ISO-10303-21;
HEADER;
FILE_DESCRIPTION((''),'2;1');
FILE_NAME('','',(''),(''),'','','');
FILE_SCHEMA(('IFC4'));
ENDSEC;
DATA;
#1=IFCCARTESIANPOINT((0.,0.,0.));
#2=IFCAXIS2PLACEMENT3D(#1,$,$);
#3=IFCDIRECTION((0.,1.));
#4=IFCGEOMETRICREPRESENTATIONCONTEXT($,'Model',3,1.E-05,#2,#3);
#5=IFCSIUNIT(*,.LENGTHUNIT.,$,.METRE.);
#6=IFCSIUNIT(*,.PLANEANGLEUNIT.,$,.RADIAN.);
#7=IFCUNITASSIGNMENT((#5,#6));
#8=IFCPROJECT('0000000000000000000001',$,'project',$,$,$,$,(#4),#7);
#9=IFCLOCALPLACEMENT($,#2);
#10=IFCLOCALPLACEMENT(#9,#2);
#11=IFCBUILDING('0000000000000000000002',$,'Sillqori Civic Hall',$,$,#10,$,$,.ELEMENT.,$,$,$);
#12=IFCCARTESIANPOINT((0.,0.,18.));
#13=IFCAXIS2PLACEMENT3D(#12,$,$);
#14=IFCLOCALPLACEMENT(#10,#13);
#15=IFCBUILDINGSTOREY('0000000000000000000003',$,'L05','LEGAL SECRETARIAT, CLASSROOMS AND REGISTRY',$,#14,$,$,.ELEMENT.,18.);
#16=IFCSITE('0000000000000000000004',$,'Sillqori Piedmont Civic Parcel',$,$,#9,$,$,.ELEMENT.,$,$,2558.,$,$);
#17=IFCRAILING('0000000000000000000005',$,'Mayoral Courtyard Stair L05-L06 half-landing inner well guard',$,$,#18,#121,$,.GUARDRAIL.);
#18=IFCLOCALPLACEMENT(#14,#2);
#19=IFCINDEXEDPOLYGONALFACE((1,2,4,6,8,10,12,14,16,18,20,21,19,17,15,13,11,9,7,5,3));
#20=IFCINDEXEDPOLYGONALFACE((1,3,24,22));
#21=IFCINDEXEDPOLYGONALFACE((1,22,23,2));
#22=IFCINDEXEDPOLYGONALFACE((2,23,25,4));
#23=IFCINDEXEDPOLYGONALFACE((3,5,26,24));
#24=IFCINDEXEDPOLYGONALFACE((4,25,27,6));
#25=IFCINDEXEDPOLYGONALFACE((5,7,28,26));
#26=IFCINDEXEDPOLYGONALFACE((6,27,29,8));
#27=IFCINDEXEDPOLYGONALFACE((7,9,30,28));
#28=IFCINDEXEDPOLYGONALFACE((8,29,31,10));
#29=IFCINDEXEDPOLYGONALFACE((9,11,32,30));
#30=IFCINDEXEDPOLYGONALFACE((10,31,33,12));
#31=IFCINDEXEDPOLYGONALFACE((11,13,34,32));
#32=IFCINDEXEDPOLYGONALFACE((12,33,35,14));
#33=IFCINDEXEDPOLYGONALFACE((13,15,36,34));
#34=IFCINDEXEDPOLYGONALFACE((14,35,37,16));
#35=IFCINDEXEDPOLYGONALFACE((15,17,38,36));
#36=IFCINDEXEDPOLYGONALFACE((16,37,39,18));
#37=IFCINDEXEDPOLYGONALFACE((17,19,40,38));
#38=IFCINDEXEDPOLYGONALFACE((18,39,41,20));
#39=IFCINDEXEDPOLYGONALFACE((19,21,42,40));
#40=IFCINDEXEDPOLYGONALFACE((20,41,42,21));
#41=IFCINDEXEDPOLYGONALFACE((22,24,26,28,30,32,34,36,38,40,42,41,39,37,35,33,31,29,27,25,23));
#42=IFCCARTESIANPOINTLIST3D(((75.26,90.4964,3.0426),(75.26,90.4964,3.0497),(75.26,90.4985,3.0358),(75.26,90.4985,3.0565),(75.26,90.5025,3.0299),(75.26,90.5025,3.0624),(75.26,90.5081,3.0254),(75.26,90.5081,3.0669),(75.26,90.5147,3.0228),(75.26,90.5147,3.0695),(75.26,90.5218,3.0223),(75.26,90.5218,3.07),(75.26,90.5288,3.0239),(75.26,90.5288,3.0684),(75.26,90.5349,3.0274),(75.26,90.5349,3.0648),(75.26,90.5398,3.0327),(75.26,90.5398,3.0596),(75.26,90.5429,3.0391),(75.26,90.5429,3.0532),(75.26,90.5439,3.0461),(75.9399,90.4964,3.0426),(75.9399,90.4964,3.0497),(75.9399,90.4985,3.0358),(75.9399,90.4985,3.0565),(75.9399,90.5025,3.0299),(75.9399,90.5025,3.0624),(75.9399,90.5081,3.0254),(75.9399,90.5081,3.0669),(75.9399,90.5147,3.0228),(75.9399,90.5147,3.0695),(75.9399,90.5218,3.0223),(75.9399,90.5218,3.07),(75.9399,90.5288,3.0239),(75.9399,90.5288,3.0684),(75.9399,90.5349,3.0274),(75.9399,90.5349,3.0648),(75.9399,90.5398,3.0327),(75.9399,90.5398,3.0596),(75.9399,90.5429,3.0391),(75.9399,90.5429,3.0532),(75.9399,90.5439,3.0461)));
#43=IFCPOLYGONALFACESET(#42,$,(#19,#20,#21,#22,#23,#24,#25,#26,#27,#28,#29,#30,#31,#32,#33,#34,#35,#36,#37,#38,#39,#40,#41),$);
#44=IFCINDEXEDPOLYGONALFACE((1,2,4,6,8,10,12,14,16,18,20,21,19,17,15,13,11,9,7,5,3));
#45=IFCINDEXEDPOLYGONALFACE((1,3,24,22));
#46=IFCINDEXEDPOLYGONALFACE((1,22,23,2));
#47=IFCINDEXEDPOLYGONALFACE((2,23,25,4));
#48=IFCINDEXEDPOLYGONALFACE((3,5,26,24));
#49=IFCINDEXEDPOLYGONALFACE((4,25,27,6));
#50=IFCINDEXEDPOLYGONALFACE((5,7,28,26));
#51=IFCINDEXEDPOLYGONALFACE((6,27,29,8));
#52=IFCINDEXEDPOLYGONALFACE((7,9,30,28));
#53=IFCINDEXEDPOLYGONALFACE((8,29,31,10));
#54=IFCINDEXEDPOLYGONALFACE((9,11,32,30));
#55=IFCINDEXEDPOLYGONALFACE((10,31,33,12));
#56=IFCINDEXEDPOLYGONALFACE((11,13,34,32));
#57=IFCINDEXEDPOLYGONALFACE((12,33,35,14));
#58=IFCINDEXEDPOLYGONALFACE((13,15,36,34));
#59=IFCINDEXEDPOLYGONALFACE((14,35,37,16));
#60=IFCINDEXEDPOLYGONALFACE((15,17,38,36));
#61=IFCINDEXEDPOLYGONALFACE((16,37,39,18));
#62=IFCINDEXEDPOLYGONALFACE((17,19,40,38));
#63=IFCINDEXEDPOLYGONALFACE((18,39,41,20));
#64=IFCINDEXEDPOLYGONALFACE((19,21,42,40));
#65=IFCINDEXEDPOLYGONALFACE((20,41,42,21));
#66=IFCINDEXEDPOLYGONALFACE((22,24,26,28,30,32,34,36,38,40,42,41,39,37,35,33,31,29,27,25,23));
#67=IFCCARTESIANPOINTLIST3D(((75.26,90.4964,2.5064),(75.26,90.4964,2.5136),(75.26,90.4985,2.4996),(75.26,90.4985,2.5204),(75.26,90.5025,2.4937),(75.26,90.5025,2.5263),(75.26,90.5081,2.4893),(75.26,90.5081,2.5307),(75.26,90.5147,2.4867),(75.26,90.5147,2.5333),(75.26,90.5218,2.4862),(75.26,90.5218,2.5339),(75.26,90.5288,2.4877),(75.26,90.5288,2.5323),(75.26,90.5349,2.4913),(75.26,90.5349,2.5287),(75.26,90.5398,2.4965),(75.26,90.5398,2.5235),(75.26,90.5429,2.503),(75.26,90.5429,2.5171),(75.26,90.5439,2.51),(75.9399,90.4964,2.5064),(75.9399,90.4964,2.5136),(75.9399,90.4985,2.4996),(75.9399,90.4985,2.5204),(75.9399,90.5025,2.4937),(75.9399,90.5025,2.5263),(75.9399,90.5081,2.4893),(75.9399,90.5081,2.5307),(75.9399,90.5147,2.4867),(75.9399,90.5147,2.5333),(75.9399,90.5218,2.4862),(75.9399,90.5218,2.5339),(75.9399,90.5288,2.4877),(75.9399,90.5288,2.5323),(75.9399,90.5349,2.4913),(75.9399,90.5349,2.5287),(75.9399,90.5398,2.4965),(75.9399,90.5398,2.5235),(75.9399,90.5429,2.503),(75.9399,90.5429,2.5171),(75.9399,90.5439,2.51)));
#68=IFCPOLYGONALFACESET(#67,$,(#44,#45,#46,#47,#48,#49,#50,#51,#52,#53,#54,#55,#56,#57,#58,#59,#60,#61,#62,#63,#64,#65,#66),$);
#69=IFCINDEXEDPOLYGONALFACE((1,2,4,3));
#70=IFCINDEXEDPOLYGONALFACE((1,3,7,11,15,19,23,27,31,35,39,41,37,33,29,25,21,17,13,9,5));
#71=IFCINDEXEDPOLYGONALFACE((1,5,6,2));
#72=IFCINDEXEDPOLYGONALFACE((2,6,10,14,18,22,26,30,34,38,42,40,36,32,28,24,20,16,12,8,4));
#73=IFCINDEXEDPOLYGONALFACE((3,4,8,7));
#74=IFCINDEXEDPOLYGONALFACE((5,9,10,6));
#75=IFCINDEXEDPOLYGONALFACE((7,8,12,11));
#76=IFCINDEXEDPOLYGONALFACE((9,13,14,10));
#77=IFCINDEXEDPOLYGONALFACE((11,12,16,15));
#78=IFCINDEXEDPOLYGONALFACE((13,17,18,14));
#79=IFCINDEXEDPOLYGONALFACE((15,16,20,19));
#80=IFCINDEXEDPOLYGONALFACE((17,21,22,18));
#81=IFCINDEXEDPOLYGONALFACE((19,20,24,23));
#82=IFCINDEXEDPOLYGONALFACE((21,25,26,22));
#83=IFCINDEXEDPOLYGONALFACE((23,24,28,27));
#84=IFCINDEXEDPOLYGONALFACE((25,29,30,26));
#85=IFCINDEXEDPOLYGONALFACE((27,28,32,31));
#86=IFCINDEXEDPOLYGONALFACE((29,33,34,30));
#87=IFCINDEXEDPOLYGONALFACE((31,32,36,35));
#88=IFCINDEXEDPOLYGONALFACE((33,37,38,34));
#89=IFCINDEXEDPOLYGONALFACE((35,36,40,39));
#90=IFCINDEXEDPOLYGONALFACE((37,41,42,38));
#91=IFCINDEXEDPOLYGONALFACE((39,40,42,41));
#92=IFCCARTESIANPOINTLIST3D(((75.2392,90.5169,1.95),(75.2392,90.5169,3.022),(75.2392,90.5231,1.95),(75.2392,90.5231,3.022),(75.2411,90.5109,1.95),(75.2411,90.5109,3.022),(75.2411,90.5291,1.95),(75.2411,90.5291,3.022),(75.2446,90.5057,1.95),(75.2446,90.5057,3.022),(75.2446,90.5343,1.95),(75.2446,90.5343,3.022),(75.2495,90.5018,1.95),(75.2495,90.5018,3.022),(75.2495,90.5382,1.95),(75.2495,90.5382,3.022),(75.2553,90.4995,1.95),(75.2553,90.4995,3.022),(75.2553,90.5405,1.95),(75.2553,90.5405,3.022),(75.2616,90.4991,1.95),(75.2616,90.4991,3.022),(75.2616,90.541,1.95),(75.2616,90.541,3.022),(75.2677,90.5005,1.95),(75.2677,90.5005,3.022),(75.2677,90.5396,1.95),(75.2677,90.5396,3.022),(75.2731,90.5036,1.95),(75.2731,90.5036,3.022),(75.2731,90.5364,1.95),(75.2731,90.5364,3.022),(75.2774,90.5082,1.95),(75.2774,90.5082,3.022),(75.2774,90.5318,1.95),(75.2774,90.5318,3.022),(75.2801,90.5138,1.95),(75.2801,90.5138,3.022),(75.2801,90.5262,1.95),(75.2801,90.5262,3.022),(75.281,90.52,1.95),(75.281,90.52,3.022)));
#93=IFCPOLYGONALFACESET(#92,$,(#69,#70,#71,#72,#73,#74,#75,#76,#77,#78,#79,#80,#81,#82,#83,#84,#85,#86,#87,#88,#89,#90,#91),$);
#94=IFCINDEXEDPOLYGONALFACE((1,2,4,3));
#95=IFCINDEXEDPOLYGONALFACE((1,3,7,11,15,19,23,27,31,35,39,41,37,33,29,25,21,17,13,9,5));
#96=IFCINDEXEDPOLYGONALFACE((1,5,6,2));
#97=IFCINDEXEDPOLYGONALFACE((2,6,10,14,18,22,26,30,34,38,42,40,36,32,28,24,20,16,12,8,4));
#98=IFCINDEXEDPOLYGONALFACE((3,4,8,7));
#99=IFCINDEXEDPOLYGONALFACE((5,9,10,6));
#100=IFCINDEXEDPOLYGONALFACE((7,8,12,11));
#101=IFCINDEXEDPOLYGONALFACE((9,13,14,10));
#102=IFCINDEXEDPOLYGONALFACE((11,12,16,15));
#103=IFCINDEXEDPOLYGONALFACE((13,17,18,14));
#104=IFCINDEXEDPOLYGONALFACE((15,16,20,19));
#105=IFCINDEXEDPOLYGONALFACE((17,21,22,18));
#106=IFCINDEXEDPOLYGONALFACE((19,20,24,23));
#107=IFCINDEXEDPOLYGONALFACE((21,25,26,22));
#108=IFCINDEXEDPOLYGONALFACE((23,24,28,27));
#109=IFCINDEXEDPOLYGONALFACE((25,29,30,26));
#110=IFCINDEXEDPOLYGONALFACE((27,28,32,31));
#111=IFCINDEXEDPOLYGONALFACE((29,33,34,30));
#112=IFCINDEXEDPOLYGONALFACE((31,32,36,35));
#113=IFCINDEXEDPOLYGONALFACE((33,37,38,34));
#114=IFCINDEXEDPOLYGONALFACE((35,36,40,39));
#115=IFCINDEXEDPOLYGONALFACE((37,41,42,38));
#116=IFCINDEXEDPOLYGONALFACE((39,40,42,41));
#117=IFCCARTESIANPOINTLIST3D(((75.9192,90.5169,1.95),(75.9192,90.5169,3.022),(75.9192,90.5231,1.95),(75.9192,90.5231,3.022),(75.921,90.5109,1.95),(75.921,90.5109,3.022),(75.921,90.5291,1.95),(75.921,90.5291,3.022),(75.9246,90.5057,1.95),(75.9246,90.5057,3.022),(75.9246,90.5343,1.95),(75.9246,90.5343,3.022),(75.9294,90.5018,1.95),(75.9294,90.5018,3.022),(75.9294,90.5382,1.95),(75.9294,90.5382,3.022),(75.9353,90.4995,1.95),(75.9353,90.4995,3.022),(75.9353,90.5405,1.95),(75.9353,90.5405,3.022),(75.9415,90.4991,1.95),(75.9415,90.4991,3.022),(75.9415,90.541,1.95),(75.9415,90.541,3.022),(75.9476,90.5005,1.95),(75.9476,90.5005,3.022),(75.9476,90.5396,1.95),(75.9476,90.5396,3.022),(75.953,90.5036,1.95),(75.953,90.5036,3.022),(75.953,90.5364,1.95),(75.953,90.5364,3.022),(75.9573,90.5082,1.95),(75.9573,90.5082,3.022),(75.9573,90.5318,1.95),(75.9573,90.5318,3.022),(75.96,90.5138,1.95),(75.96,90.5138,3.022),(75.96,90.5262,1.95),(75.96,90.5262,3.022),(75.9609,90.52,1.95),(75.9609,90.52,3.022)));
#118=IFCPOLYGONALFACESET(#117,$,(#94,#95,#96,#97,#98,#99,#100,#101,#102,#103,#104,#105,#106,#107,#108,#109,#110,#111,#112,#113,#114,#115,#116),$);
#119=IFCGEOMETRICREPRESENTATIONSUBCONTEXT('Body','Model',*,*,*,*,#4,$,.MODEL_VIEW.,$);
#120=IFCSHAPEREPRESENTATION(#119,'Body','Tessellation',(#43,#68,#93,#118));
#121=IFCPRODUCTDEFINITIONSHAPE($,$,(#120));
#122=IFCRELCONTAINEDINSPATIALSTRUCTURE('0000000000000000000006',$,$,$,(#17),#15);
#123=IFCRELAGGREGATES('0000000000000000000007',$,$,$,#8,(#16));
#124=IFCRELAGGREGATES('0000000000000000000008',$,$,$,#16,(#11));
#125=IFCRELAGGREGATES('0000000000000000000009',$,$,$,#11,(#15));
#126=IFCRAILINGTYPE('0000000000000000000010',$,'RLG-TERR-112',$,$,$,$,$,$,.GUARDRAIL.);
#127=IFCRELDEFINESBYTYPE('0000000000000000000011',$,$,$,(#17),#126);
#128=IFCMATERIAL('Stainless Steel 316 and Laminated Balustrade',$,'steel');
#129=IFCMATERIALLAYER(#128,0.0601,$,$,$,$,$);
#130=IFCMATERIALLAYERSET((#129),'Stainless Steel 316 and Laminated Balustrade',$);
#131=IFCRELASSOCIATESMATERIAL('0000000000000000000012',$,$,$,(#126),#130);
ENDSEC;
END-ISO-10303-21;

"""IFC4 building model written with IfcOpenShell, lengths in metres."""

from ifc_helpers import new_model, si_unit, direction, frame, origin, origin_2d, place, context, subcontext, project, spatial, circle, extrude, material, layer, layer_set, type_object, element, save


model = new_model("IFC4")

# Units and contexts
model_context = context("Model", 3, precision=1e-05, world=origin(), true_north=direction((0.0, 1.0)))
body_context = subcontext(model_context, "Body", "Model", "MODEL_VIEW")
ifc_project = project(units=[si_unit("LENGTHUNIT", "METRE"), si_unit("PLANEANGLEUNIT", "RADIAN")], contexts=[model_context])

# Site, building, storey
site_placement = place(None, origin())
site = spatial("IfcSite", under=ifc_project, at=site_placement, Name="Sillqori Piedmont Civic Parcel", CompositionType="ELEMENT", RefElevation=2558.0)
building_placement = place(site_placement, origin())
building = spatial("IfcBuilding", under=site, at=building_placement, Name="Sillqori Civic Hall", CompositionType="ELEMENT")
storey_placement = place(building_placement, frame((0.0, 0.0, 18.0)))
storey = spatial("IfcBuildingStorey", under=building, at=storey_placement, Name="L05", Description="LEGAL SECRETARIAT, CLASSROOMS AND REGISTRY", CompositionType="ELEMENT", Elevation=18.0)

# Railing
ifc_material_1 = material(Name="Stainless Steel 316 and Laminated Balustrade", Category="steel")
ifc_layer_1 = layer(ifc_material_1, 0.0601)
ifc_layer_set_1 = layer_set([ifc_layer_1], Name="Stainless Steel 316 and Laminated Balustrade")
railing_type_1 = type_object("IfcRailingType", Name="RLG-TERR-112", PredefinedType="GUARDRAIL", material=ifc_layer_set_1)
railing_1_placement = place(storey_placement, frame((75.26, 90.52, 1.95)))
element("IfcRailing", 1, at=railing_1_placement, inside=storey, type_object=railing_type_1, Name="Mayoral Courtyard Stair L05-L06 half-landing inner well guard", PredefinedType="GUARDRAIL", context=body_context, shape_type="SweptSolid", body=[
    extrude(circle(Radius=0.0239, at=origin_2d()), frame((0.0, 0.0, 1.0962), z_axis=(1.0, 0.0, 0.0), x_axis=(0.0, 1.0, 0.0)), (0.0, 0.0, 1.0), 0.6799),
    extrude(circle(Radius=0.0239, at=origin_2d()), frame((0.0, 0.0, 0.5601), z_axis=(1.0, 0.0, 0.0), x_axis=(0.0, 1.0, 0.0)), (0.0, 0.0, 1.0), 0.6799),
    extrude(circle(Radius=0.021, at=origin_2d()), origin(), (0.0, 0.0, 1.0), 1.072),
    extrude(circle(Radius=0.021, at=origin_2d()), frame((0.6799, 0.0, 0.0)), (0.0, 0.0, 1.0), 1.072),
])

save(model, "model.ifc")
